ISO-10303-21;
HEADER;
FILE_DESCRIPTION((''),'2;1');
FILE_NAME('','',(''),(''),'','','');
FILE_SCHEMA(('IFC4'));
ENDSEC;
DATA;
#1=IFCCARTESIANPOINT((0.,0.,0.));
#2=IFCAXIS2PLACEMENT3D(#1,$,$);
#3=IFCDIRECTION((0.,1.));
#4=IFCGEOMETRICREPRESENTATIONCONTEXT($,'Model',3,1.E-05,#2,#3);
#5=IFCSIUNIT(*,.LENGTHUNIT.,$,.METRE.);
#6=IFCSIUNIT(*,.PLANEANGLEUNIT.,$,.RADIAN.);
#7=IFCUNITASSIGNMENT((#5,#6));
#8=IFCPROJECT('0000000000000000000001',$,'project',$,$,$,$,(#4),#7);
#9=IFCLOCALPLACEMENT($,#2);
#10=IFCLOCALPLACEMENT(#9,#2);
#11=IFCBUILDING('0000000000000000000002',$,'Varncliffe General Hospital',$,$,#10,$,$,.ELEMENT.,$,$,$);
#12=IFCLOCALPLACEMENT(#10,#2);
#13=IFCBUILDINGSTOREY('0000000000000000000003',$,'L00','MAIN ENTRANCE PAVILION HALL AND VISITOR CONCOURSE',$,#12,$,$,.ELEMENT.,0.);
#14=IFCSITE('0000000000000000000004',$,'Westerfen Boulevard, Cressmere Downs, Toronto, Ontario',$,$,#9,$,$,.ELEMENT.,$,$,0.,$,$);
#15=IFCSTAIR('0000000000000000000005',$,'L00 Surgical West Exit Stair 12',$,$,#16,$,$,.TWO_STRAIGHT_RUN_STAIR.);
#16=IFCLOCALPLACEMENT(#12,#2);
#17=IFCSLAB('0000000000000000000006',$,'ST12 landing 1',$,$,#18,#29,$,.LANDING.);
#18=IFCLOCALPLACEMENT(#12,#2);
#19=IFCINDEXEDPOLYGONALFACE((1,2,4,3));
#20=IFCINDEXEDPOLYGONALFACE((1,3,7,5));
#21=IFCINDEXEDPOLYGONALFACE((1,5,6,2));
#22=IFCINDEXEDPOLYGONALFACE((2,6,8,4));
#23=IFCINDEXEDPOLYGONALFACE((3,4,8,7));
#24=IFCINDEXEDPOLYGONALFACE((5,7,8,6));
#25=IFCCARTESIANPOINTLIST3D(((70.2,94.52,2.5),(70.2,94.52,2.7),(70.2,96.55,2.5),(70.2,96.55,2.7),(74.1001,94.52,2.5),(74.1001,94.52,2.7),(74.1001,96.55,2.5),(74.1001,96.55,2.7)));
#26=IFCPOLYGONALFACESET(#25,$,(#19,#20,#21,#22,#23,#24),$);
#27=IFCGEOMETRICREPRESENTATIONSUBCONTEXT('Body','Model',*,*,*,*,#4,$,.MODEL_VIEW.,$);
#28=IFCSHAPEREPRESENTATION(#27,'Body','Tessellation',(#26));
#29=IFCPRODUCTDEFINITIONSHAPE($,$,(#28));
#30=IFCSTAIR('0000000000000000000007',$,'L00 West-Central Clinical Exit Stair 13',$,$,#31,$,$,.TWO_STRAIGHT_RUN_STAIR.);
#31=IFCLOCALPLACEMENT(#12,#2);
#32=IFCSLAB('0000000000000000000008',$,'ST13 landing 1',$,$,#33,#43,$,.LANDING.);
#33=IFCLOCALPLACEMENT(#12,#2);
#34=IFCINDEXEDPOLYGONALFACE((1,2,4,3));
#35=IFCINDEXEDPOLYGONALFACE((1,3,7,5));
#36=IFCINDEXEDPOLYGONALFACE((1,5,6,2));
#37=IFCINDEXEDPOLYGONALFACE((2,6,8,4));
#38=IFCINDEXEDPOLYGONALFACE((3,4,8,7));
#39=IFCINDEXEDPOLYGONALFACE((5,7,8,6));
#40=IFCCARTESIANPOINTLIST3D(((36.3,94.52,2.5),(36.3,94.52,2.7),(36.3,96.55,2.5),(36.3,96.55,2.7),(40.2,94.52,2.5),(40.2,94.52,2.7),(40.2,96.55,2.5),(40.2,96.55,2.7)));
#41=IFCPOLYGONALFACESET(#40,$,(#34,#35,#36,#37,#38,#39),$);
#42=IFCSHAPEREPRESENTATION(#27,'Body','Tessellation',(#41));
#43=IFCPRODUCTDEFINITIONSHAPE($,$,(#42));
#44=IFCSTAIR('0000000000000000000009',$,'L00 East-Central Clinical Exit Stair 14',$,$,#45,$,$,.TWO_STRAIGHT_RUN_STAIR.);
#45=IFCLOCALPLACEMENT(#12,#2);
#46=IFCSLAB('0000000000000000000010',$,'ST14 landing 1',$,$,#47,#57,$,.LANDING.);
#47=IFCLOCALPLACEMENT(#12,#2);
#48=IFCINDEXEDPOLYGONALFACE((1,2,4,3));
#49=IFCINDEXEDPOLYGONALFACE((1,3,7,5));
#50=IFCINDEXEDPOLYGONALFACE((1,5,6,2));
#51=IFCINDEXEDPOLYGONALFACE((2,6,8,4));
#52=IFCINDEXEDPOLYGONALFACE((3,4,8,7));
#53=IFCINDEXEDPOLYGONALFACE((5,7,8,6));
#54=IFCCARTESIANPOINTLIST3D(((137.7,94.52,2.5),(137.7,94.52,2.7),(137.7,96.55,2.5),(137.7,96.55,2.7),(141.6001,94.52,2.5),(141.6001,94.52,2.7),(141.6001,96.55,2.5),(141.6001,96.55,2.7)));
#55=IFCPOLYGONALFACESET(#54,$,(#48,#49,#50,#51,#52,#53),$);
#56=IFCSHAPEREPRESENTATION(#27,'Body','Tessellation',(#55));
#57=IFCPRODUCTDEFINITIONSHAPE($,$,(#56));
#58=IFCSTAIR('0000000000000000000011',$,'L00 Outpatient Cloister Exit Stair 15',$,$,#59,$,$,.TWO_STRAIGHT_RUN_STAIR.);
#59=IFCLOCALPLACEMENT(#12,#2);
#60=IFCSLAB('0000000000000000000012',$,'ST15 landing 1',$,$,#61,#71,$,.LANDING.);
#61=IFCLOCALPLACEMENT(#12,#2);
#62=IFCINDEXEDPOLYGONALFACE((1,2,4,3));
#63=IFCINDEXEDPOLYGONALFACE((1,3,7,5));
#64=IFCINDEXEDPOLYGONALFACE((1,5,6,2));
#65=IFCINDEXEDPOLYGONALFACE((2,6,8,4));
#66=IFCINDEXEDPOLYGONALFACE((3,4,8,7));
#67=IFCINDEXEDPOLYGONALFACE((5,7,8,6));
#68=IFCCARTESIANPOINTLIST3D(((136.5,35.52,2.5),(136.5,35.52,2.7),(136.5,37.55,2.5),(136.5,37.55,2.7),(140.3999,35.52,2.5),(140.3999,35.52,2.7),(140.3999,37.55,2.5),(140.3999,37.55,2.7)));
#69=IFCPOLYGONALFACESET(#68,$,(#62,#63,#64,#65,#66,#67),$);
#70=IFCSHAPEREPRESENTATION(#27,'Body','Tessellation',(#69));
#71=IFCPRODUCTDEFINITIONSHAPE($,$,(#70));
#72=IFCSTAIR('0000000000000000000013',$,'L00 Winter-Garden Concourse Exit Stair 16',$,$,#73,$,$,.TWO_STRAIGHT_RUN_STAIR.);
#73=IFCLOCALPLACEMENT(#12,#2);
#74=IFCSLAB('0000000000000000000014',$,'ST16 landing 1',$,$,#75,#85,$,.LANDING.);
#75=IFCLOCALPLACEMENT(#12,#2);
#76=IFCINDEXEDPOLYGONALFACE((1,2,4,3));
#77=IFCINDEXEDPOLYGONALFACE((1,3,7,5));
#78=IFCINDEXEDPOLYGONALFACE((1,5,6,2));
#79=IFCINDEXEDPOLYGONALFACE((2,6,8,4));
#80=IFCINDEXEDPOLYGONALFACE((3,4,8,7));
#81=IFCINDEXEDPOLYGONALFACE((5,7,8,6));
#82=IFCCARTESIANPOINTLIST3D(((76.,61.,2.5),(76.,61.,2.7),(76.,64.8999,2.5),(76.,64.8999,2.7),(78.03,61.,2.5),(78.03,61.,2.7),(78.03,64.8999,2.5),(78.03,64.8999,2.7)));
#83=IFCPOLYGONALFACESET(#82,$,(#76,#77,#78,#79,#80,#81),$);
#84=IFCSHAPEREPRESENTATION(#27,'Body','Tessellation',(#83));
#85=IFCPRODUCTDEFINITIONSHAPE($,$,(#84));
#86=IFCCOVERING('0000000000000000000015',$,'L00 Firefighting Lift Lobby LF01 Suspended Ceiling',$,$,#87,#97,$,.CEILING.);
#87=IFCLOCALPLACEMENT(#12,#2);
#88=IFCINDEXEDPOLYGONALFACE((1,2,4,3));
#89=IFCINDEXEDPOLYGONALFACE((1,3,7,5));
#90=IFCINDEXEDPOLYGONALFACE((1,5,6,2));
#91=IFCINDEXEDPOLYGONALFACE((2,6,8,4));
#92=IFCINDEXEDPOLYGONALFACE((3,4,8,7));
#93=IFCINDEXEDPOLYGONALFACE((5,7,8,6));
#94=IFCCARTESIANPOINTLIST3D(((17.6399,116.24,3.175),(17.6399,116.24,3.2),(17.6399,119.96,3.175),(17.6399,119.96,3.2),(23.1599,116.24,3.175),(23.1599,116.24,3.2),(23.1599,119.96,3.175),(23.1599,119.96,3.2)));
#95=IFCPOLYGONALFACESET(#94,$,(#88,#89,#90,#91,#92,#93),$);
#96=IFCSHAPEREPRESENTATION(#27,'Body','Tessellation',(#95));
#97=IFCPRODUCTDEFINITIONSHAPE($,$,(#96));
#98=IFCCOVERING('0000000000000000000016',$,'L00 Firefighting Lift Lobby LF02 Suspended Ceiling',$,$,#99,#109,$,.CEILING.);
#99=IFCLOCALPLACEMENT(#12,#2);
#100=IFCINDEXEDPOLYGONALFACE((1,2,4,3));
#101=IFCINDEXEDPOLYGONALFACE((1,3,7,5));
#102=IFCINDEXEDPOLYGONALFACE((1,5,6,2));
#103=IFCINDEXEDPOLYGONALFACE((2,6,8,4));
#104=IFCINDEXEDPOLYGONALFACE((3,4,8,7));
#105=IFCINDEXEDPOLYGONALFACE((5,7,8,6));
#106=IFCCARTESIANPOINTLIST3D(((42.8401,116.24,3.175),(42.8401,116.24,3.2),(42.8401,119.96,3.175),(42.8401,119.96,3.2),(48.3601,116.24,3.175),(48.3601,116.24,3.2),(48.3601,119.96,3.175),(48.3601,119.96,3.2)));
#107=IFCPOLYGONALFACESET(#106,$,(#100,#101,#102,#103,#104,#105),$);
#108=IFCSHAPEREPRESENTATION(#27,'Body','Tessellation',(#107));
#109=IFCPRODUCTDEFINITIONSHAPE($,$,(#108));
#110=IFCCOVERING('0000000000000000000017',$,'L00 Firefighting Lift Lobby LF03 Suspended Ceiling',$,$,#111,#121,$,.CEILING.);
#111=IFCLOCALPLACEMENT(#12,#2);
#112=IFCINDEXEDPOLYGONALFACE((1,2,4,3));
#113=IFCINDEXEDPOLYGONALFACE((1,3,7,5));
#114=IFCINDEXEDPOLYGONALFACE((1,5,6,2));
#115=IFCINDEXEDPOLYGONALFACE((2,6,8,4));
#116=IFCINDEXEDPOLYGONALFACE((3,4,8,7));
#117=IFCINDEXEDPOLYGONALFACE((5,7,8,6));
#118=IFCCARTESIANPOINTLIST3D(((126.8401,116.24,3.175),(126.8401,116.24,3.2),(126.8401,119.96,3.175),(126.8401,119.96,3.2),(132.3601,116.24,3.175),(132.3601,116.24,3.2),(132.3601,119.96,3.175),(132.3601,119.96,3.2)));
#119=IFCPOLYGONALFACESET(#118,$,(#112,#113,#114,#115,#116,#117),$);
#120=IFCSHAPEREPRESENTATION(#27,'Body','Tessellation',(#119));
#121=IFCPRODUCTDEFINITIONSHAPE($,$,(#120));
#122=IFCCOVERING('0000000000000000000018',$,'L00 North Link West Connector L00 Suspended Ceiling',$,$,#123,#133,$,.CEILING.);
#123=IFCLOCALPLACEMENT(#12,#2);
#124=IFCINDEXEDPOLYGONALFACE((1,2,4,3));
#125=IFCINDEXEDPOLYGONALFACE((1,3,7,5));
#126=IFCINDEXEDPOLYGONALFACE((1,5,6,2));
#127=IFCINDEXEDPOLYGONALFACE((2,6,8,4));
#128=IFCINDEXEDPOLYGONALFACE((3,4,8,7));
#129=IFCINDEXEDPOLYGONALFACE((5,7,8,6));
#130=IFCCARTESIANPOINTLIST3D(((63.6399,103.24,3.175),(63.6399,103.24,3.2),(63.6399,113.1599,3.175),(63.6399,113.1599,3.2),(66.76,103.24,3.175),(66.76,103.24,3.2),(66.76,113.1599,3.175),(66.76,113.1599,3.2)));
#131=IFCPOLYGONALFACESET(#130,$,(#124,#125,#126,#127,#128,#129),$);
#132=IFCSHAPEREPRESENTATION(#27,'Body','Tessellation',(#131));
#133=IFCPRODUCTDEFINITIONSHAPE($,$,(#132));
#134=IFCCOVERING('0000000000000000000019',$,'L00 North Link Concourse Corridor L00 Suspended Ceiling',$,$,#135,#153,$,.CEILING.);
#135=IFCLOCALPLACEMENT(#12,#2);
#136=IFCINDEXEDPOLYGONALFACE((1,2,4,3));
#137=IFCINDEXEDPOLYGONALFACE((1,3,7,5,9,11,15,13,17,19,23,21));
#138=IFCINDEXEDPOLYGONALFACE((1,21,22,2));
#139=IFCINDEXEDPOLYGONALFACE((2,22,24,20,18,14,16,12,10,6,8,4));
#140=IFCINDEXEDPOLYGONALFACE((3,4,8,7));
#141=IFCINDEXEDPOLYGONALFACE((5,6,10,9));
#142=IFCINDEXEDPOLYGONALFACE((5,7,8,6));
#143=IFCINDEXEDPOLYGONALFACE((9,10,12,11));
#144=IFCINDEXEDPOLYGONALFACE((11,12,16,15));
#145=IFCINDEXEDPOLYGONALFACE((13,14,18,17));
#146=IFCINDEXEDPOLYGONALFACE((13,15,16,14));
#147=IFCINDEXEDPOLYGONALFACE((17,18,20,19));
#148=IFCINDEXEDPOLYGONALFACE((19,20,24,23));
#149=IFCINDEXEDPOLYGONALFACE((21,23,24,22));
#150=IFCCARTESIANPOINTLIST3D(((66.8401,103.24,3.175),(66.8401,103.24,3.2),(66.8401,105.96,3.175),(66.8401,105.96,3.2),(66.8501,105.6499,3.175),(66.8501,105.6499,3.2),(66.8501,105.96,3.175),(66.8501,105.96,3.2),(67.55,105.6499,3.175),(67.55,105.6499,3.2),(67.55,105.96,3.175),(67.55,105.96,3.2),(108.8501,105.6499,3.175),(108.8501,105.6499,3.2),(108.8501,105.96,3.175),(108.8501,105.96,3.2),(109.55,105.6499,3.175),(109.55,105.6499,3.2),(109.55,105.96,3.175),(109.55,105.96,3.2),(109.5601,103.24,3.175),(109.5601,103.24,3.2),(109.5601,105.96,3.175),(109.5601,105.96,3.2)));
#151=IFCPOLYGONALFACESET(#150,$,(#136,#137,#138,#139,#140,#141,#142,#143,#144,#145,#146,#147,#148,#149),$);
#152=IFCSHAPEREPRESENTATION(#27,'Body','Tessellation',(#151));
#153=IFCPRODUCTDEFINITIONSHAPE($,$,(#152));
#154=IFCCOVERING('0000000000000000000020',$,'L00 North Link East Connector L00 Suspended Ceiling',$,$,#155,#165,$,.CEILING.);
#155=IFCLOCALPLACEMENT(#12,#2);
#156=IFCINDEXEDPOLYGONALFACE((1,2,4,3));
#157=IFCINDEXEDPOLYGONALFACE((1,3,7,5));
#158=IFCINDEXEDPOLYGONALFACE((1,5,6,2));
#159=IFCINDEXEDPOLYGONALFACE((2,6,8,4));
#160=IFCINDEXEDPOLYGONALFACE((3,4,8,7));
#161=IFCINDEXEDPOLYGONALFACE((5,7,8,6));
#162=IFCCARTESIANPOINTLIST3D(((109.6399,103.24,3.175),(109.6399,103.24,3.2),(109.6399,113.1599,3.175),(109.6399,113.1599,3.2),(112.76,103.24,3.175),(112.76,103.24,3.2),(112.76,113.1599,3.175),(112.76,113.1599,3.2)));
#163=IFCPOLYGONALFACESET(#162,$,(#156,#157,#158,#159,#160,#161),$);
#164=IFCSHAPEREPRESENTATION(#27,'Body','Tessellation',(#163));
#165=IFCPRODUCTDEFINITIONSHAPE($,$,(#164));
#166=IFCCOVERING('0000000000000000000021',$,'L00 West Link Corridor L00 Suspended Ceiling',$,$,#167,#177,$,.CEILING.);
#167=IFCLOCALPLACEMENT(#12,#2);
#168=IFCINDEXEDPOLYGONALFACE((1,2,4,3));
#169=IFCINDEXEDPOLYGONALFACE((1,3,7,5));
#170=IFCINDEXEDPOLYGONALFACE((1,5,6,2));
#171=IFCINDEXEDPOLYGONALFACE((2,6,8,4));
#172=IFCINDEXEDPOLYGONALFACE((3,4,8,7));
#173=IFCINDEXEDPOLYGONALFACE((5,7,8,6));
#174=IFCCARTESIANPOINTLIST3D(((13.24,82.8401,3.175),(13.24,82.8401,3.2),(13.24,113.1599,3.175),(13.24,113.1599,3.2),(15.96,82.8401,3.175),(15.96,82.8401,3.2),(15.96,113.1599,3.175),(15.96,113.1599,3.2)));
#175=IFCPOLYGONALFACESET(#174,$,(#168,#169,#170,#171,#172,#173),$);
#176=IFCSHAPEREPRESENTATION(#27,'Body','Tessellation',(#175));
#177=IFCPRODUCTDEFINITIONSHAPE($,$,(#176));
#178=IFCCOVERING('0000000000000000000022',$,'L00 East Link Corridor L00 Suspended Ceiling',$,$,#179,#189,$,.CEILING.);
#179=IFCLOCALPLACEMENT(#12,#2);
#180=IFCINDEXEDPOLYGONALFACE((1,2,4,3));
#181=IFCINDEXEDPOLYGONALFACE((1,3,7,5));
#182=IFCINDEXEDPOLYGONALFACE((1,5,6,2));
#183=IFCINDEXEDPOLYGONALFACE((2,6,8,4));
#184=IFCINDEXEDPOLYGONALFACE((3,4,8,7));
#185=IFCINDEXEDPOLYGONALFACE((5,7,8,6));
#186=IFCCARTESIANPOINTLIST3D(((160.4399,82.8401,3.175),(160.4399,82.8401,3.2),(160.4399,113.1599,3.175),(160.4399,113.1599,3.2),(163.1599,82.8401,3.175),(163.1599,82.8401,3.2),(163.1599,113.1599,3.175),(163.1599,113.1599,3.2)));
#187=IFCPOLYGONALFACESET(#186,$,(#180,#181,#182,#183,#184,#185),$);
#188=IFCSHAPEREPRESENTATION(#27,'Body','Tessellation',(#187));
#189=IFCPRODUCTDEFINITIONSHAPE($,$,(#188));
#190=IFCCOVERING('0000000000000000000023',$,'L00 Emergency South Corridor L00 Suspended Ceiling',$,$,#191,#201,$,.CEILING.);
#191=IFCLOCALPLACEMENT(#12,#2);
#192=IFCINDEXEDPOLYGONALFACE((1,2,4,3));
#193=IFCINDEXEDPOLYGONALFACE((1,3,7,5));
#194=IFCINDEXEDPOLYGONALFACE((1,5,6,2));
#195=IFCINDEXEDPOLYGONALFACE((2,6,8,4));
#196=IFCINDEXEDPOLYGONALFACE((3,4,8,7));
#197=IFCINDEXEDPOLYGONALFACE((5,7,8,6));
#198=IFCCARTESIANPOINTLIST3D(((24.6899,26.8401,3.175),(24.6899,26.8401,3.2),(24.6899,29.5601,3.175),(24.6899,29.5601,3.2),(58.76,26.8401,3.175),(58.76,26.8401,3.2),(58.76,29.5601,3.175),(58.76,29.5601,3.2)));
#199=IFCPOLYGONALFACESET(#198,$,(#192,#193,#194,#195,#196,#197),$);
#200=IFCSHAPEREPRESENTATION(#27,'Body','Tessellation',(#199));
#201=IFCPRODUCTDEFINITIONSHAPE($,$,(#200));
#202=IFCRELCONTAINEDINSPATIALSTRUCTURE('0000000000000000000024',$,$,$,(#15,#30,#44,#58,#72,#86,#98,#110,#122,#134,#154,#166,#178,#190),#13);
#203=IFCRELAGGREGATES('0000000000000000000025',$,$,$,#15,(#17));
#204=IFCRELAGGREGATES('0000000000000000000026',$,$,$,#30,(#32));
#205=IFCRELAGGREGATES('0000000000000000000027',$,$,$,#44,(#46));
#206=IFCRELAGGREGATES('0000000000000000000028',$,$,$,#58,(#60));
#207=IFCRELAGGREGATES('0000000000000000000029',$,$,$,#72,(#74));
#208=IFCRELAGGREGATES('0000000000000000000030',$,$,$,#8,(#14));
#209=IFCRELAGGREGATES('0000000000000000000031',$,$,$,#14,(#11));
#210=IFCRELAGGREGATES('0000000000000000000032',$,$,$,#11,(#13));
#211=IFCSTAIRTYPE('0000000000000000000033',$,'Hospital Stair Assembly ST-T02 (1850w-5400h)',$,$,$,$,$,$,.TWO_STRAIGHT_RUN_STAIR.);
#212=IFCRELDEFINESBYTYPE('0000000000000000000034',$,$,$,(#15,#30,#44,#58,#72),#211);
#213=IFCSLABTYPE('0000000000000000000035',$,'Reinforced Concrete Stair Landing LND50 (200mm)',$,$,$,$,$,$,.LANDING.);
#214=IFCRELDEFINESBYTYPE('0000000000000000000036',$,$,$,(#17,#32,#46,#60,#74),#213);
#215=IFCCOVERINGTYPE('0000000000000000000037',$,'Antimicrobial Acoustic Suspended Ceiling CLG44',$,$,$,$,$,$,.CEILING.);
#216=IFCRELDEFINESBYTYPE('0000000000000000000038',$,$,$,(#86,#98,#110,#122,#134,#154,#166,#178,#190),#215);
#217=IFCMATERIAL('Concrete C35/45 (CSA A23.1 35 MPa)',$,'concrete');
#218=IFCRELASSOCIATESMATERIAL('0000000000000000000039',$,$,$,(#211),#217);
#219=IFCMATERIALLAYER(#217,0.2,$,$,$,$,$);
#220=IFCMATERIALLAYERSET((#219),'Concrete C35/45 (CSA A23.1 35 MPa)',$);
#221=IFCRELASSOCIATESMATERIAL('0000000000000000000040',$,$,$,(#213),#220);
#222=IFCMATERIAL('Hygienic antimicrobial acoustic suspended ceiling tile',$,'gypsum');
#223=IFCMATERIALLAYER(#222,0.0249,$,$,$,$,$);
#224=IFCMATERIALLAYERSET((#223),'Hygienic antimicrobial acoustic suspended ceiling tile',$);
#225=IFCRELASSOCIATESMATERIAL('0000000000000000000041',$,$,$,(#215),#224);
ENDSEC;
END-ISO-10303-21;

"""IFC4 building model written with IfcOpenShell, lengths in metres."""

from ifc_helpers import new_model, si_unit, direction, frame, origin, place, context, subcontext, project, spatial, polyline, outline, extrude, material, layer, layer_set, type_object, element, aggregate, save


model = new_model("IFC4")

# Units and contexts
model_context = context("Model", 3, precision=1e-05, world=origin(), true_north=direction((0.0, 1.0)))
body_context = subcontext(model_context, "Body", "Model", "MODEL_VIEW")
ifc_project = project(units=[si_unit("LENGTHUNIT", "METRE"), si_unit("PLANEANGLEUNIT", "RADIAN")], contexts=[model_context])

# Site, building, storey
site_placement = place(None, origin())
site = spatial("IfcSite", under=ifc_project, at=site_placement, Name="Westerfen Boulevard, Cressmere Downs, Toronto, Ontario", CompositionType="ELEMENT", RefElevation=0.0)
building_placement = place(site_placement, origin())
building = spatial("IfcBuilding", under=site, at=building_placement, Name="Varncliffe General Hospital", CompositionType="ELEMENT")
storey_placement = place(building_placement, origin())
storey = spatial("IfcBuildingStorey", under=building, at=storey_placement, Name="L00", Description="MAIN ENTRANCE PAVILION HALL AND VISITOR CONCOURSE", CompositionType="ELEMENT", Elevation=0.0)

# Stairs, slabs
ifc_material_1 = material(Name="Concrete C35/45 (CSA A23.1 35 MPa)", Category="concrete")
stair_type = type_object("IfcStairType", Name="Hospital Stair Assembly ST-T02 (1850w-5400h)", PredefinedType="TWO_STRAIGHT_RUN_STAIR", material=ifc_material_1)
stair_1_placement = place(storey_placement, origin())
stair_1 = element("IfcStair", 1, at=stair_1_placement, inside=storey, type_object=stair_type, Name="L00 Surgical West Exit Stair 12", PredefinedType="TWO_STRAIGHT_RUN_STAIR")
ifc_layer_1 = layer(ifc_material_1, 0.2)
ifc_layer_set_1 = layer_set([ifc_layer_1], Name="Concrete C35/45 (CSA A23.1 35 MPa)")
slab_type = type_object("IfcSlabType", Name="Reinforced Concrete Stair Landing LND50 (200mm)", PredefinedType="LANDING", material=ifc_layer_set_1)
slab_1_placement = place(storey_placement, frame((0.0, 0.0, 2.5)))
slab_1 = element("IfcSlab", 2, at=slab_1_placement, type_object=slab_type, Name="ST12 landing 1", PredefinedType="LANDING", context=body_context, shape_type="SweptSolid", body=[
    extrude(outline(polyline([(74.1001, 94.52), (74.1001, 96.55), (70.2, 96.55), (70.2, 94.52), (74.1001, 94.52)])), origin(), (0.0, 0.0, 1.0), 0.2),
])
aggregate(stair_1, [slab_1])
stair_2_placement = place(storey_placement, origin())
stair_2 = element("IfcStair", 3, at=stair_2_placement, inside=storey, type_object=stair_type, Name="L00 West-Central Clinical Exit Stair 13", PredefinedType="TWO_STRAIGHT_RUN_STAIR")
slab_2_placement = place(storey_placement, frame((0.0, 0.0, 2.5)))
slab_2 = element("IfcSlab", 4, at=slab_2_placement, type_object=slab_type, Name="ST13 landing 1", PredefinedType="LANDING", context=body_context, shape_type="SweptSolid", body=[
    extrude(outline(polyline([(40.2, 94.52), (40.2, 96.55), (36.3, 96.55), (36.3, 94.52), (40.2, 94.52)])), origin(), (0.0, 0.0, 1.0), 0.2),
])
aggregate(stair_2, [slab_2])
stair_3_placement = place(storey_placement, origin())
stair_3 = element("IfcStair", 5, at=stair_3_placement, inside=storey, type_object=stair_type, Name="L00 East-Central Clinical Exit Stair 14", PredefinedType="TWO_STRAIGHT_RUN_STAIR")
slab_3_placement = place(storey_placement, frame((0.0, 0.0, 2.5)))
slab_3 = element("IfcSlab", 6, at=slab_3_placement, type_object=slab_type, Name="ST14 landing 1", PredefinedType="LANDING", context=body_context, shape_type="SweptSolid", body=[
    extrude(outline(polyline([(141.6001, 94.52), (141.6001, 96.55), (137.7, 96.55), (137.7, 94.52), (141.6001, 94.52)])), origin(), (0.0, 0.0, 1.0), 0.2),
])
aggregate(stair_3, [slab_3])
stair_4_placement = place(storey_placement, origin())
stair_4 = element("IfcStair", 7, at=stair_4_placement, inside=storey, type_object=stair_type, Name="L00 Outpatient Cloister Exit Stair 15", PredefinedType="TWO_STRAIGHT_RUN_STAIR")
slab_4_placement = place(storey_placement, frame((0.0, 0.0, 2.5)))
slab_4 = element("IfcSlab", 8, at=slab_4_placement, type_object=slab_type, Name="ST15 landing 1", PredefinedType="LANDING", context=body_context, shape_type="SweptSolid", body=[
    extrude(outline(polyline([(140.3999, 35.52), (140.3999, 37.55), (136.5, 37.55), (136.5, 35.52), (140.3999, 35.52)])), origin(), (0.0, 0.0, 1.0), 0.2),
])
aggregate(stair_4, [slab_4])
stair_5_placement = place(storey_placement, origin())
stair_5 = element("IfcStair", 9, at=stair_5_placement, inside=storey, type_object=stair_type, Name="L00 Winter-Garden Concourse Exit Stair 16", PredefinedType="TWO_STRAIGHT_RUN_STAIR")
slab_5_placement = place(storey_placement, frame((0.0, 0.0, 2.5)))
slab_5 = element("IfcSlab", 10, at=slab_5_placement, type_object=slab_type, Name="ST16 landing 1", PredefinedType="LANDING", context=body_context, shape_type="SweptSolid", body=[
    extrude(outline(polyline([(78.03, 64.8999), (76.0, 64.8999), (76.0, 61.0), (78.03, 61.0), (78.03, 64.8999)])), origin(), (0.0, 0.0, 1.0), 0.2),
])
aggregate(stair_5, [slab_5])

# Coverings
ifc_material_2 = material(Name="Hygienic antimicrobial acoustic suspended ceiling tile", Category="gypsum")
ifc_layer_2 = layer(ifc_material_2, 0.0249)
ifc_layer_set_2 = layer_set([ifc_layer_2], Name="Hygienic antimicrobial acoustic suspended ceiling tile")
covering_type = type_object("IfcCoveringType", Name="Antimicrobial Acoustic Suspended Ceiling CLG44", PredefinedType="CEILING", material=ifc_layer_set_2)
covering_1_placement = place(storey_placement, frame((0.0, 0.0, 3.175)))
element("IfcCovering", 11, at=covering_1_placement, inside=storey, type_object=covering_type, Name="L00 Firefighting Lift Lobby LF01 Suspended Ceiling", PredefinedType="CEILING", context=body_context, shape_type="SweptSolid", body=[
    extrude(outline(polyline([(23.1599, 116.24), (23.1599, 119.96), (17.6399, 119.96), (17.6399, 116.24), (23.1599, 116.24)])), origin(), (0.0, 0.0, 1.0), 0.0249),
])
covering_2_placement = place(storey_placement, frame((0.0, 0.0, 3.175)))
element("IfcCovering", 12, at=covering_2_placement, inside=storey, type_object=covering_type, Name="L00 Firefighting Lift Lobby LF02 Suspended Ceiling", PredefinedType="CEILING", context=body_context, shape_type="SweptSolid", body=[
    extrude(outline(polyline([(48.3601, 116.24), (48.3601, 119.96), (42.8401, 119.96), (42.8401, 116.24), (48.3601, 116.24)])), origin(), (0.0, 0.0, 1.0), 0.0249),
])
covering_3_placement = place(storey_placement, frame((0.0, 0.0, 3.175)))
element("IfcCovering", 13, at=covering_3_placement, inside=storey, type_object=covering_type, Name="L00 Firefighting Lift Lobby LF03 Suspended Ceiling", PredefinedType="CEILING", context=body_context, shape_type="SweptSolid", body=[
    extrude(outline(polyline([(132.3601, 116.24), (132.3601, 119.96), (126.8401, 119.96), (126.8401, 116.24), (132.3601, 116.24)])), origin(), (0.0, 0.0, 1.0), 0.0249),
])
covering_4_placement = place(storey_placement, frame((0.0, 0.0, 3.175)))
element("IfcCovering", 14, at=covering_4_placement, inside=storey, type_object=covering_type, Name="L00 North Link West Connector L00 Suspended Ceiling", PredefinedType="CEILING", context=body_context, shape_type="SweptSolid", body=[
    extrude(outline(polyline([(66.76, 103.24), (66.76, 113.1599), (63.6399, 113.1599), (63.6399, 103.24), (66.76, 103.24)])), origin(), (0.0, 0.0, 1.0), 0.0249),
])
covering_5_placement = place(storey_placement, frame((0.0, 0.0, 3.175)))
element("IfcCovering", 15, at=covering_5_placement, inside=storey, type_object=covering_type, Name="L00 North Link Concourse Corridor L00 Suspended Ceiling", PredefinedType="CEILING", context=body_context, shape_type="SweptSolid", body=[
    extrude(outline(polyline([(109.5601, 103.24), (66.8401, 103.24), (66.8401, 105.96), (66.8501, 105.96), (66.8501, 105.6499), (67.55, 105.6499), (67.55, 105.96), (108.8501, 105.96), (108.8501, 105.6499), (109.55, 105.6499), (109.55, 105.96), (109.5601, 105.96), (109.5601, 103.24)])), origin(), (0.0, 0.0, 1.0), 0.0249),
])
covering_6_placement = place(storey_placement, frame((0.0, 0.0, 3.175)))
element("IfcCovering", 16, at=covering_6_placement, inside=storey, type_object=covering_type, Name="L00 North Link East Connector L00 Suspended Ceiling", PredefinedType="CEILING", context=body_context, shape_type="SweptSolid", body=[
    extrude(outline(polyline([(112.76, 103.24), (112.76, 113.1599), (109.6399, 113.1599), (109.6399, 103.24), (112.76, 103.24)])), origin(), (0.0, 0.0, 1.0), 0.0249),
])
covering_7_placement = place(storey_placement, frame((0.0, 0.0, 3.175)))
element("IfcCovering", 17, at=covering_7_placement, inside=storey, type_object=covering_type, Name="L00 West Link Corridor L00 Suspended Ceiling", PredefinedType="CEILING", context=body_context, shape_type="SweptSolid", body=[
    extrude(outline(polyline([(15.96, 82.8401), (15.96, 113.1599), (13.24, 113.1599), (13.24, 82.8401), (15.96, 82.8401)])), origin(), (0.0, 0.0, 1.0), 0.0249),
])
covering_8_placement = place(storey_placement, frame((0.0, 0.0, 3.175)))
element("IfcCovering", 18, at=covering_8_placement, inside=storey, type_object=covering_type, Name="L00 East Link Corridor L00 Suspended Ceiling", PredefinedType="CEILING", context=body_context, shape_type="SweptSolid", body=[
    extrude(outline(polyline([(163.1599, 82.8401), (163.1599, 113.1599), (160.4399, 113.1599), (160.4399, 82.8401), (163.1599, 82.8401)])), origin(), (0.0, 0.0, 1.0), 0.0249),
])
covering_9_placement = place(storey_placement, frame((0.0, 0.0, 3.175)))
element("IfcCovering", 19, at=covering_9_placement, inside=storey, type_object=covering_type, Name="L00 Emergency South Corridor L00 Suspended Ceiling", PredefinedType="CEILING", context=body_context, shape_type="SweptSolid", body=[
    extrude(outline(polyline([(58.76, 26.8401), (58.76, 29.5601), (24.6899, 29.5601), (24.6899, 26.8401), (58.76, 26.8401)])), origin(), (0.0, 0.0, 1.0), 0.0249),
])

save(model, "model.ifc")
